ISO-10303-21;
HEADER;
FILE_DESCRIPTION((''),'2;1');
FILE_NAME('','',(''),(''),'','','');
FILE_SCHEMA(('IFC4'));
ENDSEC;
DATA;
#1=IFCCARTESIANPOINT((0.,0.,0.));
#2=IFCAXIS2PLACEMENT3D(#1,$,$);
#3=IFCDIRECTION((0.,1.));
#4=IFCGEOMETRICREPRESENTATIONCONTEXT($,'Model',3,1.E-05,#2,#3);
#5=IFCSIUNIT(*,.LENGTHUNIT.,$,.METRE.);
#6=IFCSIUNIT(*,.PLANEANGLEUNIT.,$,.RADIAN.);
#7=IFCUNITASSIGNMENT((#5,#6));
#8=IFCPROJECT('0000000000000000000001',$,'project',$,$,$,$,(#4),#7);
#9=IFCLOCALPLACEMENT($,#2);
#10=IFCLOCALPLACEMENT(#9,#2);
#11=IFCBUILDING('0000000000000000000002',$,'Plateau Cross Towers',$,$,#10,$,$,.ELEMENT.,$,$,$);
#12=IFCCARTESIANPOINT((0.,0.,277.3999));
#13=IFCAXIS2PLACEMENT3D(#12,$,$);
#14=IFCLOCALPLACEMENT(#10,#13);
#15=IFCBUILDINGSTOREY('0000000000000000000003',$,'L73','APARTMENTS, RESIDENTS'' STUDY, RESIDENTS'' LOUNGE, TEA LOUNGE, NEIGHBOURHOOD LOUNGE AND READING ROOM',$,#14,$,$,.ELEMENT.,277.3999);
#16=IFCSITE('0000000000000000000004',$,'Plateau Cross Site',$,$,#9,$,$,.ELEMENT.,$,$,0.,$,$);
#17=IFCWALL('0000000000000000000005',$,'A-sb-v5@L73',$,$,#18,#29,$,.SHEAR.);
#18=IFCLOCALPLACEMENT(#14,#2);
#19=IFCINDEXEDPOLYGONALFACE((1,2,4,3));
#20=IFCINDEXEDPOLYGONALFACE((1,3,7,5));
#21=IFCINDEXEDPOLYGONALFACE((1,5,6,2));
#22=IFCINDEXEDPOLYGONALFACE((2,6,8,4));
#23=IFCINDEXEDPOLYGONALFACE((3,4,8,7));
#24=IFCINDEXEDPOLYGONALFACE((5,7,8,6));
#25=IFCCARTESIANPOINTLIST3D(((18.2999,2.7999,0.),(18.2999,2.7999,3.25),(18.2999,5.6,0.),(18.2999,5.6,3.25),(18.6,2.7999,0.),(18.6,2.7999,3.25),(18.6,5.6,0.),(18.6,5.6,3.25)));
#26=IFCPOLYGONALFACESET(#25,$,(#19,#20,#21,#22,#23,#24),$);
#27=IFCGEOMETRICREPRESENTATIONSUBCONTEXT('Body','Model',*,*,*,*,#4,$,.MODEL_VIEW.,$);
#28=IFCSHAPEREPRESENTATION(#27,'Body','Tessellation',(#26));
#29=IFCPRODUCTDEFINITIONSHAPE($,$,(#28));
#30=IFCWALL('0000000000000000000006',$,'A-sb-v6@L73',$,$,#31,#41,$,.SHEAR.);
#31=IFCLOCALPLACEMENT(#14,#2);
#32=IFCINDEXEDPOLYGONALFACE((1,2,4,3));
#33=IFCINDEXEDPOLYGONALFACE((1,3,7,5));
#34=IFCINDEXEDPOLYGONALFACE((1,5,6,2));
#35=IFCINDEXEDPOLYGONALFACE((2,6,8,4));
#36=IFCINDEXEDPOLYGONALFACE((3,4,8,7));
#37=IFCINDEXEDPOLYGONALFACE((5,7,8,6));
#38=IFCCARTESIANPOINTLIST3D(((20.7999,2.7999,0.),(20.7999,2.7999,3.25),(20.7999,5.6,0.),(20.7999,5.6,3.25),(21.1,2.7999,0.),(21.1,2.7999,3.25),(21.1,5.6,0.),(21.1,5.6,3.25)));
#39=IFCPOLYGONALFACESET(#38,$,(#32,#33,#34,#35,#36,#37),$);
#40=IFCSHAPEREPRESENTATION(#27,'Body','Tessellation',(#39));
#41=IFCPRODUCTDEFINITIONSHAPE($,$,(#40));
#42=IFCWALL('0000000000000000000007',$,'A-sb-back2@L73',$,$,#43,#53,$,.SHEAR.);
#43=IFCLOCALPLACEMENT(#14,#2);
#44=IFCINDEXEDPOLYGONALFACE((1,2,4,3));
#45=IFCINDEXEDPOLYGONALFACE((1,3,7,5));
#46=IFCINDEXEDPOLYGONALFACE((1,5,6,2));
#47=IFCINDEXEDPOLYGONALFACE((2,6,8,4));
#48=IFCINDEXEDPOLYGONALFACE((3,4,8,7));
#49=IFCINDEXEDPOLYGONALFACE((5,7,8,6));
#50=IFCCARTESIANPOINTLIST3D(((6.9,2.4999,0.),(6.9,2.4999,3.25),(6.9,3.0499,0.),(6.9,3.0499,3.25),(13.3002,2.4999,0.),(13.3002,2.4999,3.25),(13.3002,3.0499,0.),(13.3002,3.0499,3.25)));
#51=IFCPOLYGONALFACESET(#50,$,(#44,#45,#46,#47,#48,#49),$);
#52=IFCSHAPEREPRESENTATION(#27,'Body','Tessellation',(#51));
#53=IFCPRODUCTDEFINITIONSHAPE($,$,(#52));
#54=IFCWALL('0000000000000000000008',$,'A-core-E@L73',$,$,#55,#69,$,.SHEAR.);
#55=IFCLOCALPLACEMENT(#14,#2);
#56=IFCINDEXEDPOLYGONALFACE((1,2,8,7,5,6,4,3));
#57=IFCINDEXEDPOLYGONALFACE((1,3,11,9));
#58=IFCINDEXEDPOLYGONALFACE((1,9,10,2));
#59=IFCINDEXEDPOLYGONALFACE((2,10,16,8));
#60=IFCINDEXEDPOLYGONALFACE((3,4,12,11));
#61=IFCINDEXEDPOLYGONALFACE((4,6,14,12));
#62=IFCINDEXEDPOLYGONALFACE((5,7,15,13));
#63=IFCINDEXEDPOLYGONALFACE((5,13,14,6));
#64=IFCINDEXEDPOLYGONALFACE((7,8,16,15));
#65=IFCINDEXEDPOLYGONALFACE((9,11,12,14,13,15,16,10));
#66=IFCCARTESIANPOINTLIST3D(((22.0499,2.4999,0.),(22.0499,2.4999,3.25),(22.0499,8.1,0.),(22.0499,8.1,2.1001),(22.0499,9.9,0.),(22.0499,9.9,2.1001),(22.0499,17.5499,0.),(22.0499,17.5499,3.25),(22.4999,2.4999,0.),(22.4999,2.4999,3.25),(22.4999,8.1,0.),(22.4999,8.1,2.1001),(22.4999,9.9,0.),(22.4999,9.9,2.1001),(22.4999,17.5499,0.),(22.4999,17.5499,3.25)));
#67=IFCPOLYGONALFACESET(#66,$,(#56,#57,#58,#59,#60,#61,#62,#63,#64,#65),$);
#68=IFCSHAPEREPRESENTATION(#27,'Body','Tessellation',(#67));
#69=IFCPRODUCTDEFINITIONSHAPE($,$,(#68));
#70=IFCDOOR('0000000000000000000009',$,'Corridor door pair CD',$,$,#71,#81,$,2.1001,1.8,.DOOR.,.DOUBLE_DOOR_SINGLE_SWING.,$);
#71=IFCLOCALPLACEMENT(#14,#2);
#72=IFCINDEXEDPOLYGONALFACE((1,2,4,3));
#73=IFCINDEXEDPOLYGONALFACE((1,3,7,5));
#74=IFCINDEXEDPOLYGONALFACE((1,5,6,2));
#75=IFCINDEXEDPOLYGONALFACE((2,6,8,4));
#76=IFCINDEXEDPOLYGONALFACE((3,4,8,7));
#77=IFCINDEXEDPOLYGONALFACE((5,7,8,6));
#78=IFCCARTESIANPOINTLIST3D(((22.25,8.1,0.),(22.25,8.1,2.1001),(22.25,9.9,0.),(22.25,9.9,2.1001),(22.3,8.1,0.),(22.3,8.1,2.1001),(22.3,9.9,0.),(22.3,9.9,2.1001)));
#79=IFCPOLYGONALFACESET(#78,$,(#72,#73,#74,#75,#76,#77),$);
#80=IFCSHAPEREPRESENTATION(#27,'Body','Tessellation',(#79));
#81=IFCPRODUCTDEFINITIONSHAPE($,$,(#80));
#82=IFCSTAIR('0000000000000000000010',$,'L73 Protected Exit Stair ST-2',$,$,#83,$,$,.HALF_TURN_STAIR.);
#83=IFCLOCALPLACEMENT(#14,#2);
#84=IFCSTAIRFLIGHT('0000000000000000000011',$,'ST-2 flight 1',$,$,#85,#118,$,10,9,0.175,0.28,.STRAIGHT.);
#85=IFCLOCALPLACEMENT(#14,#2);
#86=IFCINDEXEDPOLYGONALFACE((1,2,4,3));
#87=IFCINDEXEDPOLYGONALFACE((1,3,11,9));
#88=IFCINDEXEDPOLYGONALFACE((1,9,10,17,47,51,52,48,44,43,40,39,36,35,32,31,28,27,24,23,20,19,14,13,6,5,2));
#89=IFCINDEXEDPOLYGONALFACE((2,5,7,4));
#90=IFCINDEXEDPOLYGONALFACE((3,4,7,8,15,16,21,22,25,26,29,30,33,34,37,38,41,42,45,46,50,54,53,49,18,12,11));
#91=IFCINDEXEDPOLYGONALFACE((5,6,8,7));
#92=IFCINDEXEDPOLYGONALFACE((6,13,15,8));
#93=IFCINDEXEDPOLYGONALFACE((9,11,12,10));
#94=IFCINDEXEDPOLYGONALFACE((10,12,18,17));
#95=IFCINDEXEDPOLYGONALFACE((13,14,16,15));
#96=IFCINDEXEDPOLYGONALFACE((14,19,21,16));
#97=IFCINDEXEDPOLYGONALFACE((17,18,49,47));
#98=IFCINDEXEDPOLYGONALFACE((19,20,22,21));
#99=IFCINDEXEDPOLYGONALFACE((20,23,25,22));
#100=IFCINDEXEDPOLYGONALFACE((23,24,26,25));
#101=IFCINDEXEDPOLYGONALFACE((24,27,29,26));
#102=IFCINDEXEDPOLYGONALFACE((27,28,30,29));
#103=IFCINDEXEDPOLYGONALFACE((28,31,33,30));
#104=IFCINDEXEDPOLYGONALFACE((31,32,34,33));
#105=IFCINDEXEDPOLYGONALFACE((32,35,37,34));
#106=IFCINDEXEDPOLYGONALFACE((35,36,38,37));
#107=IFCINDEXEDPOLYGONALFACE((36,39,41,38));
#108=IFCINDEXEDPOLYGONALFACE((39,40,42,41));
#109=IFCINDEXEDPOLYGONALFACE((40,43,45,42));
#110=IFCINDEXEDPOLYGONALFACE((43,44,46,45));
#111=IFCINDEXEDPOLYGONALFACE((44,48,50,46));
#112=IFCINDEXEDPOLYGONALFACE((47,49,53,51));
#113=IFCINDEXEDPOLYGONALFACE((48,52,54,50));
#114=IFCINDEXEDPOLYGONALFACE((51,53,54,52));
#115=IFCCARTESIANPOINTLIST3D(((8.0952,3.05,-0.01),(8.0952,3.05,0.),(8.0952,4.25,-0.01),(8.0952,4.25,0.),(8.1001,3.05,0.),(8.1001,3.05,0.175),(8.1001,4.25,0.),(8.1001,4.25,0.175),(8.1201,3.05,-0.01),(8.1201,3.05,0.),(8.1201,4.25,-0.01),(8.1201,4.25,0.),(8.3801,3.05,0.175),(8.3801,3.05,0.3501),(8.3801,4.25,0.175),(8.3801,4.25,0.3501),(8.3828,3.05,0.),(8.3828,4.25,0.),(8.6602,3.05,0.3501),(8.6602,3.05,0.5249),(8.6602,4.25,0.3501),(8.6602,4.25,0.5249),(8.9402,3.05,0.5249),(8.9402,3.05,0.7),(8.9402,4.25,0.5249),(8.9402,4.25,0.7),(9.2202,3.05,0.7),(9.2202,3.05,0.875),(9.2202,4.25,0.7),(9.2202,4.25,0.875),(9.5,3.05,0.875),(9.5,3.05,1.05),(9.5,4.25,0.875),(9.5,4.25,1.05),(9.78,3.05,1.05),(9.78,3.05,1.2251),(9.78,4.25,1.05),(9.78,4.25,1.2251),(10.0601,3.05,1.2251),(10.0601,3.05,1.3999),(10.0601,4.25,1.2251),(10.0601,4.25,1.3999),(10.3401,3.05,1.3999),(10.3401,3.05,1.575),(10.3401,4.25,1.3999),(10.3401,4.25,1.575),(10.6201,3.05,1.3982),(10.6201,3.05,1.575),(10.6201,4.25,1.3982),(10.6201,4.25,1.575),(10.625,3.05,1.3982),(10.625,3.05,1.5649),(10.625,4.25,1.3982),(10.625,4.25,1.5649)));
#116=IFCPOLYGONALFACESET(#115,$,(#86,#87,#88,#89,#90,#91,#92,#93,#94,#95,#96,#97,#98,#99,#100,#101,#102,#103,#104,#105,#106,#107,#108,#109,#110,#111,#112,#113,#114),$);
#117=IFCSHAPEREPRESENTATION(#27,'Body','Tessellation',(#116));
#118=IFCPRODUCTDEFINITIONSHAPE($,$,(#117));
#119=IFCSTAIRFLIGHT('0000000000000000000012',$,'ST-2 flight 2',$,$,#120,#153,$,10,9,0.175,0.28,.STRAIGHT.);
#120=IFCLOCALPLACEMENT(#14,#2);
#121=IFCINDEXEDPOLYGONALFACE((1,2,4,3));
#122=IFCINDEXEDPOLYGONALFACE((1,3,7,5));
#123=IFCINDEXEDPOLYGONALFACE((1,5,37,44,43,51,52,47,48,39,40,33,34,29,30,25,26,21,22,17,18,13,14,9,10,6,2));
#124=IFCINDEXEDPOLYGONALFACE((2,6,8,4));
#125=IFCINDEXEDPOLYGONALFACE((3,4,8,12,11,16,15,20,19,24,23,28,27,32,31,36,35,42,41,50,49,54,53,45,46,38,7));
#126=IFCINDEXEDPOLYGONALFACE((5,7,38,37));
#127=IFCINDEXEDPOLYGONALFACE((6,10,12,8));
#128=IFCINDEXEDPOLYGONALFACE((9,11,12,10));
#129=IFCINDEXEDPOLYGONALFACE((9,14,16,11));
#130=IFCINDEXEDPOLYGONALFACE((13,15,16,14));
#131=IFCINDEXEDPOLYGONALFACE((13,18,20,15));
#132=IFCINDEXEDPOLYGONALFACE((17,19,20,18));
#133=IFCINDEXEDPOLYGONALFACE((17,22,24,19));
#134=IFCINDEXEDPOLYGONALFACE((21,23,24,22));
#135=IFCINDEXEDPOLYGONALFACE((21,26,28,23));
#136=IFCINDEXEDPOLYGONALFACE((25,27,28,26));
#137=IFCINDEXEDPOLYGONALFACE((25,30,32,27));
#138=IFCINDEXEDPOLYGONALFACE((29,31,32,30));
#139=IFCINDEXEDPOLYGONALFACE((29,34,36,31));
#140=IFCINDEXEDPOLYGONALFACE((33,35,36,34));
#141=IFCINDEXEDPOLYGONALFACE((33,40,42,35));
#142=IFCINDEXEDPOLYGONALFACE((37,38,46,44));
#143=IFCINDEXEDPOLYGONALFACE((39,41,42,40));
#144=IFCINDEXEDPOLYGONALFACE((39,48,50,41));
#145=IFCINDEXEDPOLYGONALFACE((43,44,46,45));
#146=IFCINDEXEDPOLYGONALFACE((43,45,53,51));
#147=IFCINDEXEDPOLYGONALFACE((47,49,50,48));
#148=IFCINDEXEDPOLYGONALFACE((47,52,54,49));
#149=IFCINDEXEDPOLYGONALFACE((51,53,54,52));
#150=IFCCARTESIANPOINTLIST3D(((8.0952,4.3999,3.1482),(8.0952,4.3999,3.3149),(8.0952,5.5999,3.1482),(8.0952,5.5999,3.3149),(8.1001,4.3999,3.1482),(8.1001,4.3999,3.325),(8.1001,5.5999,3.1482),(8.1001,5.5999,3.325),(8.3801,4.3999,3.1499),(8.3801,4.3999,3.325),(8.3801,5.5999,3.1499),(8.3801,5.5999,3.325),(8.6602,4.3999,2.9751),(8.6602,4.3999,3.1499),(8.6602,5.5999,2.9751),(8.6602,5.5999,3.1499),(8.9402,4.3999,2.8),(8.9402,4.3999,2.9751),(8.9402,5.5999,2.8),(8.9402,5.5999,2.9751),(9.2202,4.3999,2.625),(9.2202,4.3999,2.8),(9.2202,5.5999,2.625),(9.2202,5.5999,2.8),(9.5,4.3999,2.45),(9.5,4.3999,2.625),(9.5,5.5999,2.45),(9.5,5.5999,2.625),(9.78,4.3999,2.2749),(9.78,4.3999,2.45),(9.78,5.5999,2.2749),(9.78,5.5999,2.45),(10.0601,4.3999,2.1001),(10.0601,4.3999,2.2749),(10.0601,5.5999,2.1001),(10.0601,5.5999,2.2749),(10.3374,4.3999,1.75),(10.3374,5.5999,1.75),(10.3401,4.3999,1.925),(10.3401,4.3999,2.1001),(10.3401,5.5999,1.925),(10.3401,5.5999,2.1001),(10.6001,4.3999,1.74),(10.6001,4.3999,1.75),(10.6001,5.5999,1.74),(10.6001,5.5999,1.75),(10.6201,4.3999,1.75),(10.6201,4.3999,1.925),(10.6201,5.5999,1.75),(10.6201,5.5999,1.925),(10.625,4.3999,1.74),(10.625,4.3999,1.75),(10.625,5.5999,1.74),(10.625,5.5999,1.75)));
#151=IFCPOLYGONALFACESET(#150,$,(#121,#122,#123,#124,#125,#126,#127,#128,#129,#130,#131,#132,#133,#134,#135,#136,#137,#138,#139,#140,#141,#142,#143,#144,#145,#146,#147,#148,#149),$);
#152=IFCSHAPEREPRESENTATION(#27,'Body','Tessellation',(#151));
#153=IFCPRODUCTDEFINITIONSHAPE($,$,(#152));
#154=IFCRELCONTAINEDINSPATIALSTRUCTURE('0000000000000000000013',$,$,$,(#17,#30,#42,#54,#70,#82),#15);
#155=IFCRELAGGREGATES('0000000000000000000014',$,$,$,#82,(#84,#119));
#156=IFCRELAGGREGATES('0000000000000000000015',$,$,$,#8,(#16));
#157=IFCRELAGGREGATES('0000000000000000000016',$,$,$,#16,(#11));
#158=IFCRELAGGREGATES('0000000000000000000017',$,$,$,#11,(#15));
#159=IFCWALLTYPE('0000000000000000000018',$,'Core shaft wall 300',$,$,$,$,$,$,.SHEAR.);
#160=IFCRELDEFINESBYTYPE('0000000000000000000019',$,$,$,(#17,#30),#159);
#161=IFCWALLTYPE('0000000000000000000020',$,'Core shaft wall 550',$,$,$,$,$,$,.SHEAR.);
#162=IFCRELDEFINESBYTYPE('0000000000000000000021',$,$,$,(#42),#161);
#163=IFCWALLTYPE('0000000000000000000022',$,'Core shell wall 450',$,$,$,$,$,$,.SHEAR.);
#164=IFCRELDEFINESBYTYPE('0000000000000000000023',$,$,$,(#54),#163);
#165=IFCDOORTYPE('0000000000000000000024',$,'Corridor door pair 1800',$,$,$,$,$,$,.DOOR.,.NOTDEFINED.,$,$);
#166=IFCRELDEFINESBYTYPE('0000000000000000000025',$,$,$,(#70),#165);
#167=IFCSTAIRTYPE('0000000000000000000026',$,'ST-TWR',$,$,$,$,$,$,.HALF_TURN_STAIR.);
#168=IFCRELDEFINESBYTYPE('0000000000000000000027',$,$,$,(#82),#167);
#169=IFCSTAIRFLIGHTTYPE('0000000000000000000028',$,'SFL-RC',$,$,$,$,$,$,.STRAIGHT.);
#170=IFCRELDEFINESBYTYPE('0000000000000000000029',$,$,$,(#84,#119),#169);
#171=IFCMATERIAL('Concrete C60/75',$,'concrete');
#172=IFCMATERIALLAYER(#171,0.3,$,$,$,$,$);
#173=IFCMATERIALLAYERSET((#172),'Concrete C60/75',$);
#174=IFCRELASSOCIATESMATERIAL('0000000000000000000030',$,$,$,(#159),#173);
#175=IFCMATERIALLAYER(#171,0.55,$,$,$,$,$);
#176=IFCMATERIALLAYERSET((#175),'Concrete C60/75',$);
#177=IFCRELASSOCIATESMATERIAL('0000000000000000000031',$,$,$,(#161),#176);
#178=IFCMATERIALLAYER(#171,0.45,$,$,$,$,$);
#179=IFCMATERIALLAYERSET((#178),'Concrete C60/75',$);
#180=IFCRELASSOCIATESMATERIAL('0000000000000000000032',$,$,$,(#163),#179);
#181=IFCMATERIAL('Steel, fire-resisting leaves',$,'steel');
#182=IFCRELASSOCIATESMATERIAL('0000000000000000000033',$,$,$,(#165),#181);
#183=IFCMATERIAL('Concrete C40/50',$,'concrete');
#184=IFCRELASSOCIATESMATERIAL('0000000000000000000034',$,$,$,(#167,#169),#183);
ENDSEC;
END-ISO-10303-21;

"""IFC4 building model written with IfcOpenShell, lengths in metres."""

from ifc_helpers import new_model, si_unit, direction, frame, frame_2d, origin, place, context, subcontext, project, spatial, polyline, rectangle, outline, extrude, material, layer, layer_set, type_object, element, fill, aggregate, save


model = new_model("IFC4")

# Units and contexts
model_context = context("Model", 3, precision=1e-05, world=origin(), true_north=direction((0.0, 1.0)))
body_context = subcontext(model_context, "Body", "Model", "MODEL_VIEW")
ifc_project = project(units=[si_unit("LENGTHUNIT", "METRE"), si_unit("PLANEANGLEUNIT", "RADIAN")], contexts=[model_context])

# Site, building, storey
site_placement = place(None, origin())
site = spatial("IfcSite", under=ifc_project, at=site_placement, Name="Plateau Cross Site", CompositionType="ELEMENT", RefElevation=0.0)
building_placement = place(site_placement, origin())
building = spatial("IfcBuilding", under=site, at=building_placement, Name="Plateau Cross Towers", CompositionType="ELEMENT")
storey_placement = place(building_placement, frame((0.0, 0.0, 277.3999)))
storey = spatial("IfcBuildingStorey", under=building, at=storey_placement, Name="L73", Description="APARTMENTS, RESIDENTS' STUDY, RESIDENTS' LOUNGE, TEA LOUNGE, NEIGHBOURHOOD LOUNGE AND READING ROOM", CompositionType="ELEMENT", Elevation=277.3999)

# Shared definitions
ifc_material_1 = material(Name="Concrete C60/75", Category="concrete")

# Walls
ifc_layer_1 = layer(ifc_material_1, 0.3)
ifc_layer_set_1 = layer_set([ifc_layer_1], Name="Concrete C60/75")
wall_type_1 = type_object("IfcWallType", Name="Core shaft wall 300", PredefinedType="SHEAR", material=ifc_layer_set_1)
for number, where, z_axis, x_axis, name in (
    (1, (18.45, 2.8, 0.0), (0.0, 0.0, 1.0), (0.0, 1.0, 0.0), "A-sb-v5@L73"),
    (2, (20.95, 2.8, 0.0), (0.0, 0.0, 1.0), (0.0, 1.0, 0.0), "A-sb-v6@L73"),
):
    element("IfcWall", number, at=place(storey_placement, frame(where, z_axis=z_axis, x_axis=x_axis)), inside=storey, type_object=wall_type_1, Name=name, PredefinedType="SHEAR", context=body_context, shape_type="SweptSolid", body=[
        extrude(rectangle(XDim=2.8, YDim=0.3, at=frame_2d((1.3999, 0.0))), origin(), (0.0, 0.0, 1.0), 3.25),
    ])
ifc_layer_2 = layer(ifc_material_1, 0.55)
ifc_layer_set_2 = layer_set([ifc_layer_2], Name="Concrete C60/75")
wall_type_2 = type_object("IfcWallType", Name="Core shaft wall 550", PredefinedType="SHEAR", material=ifc_layer_set_2)
wall_1_placement = place(storey_placement, frame((6.8999, 2.7749, 0.0), z_axis=(0.0, 0.0, 1.0), x_axis=(1.0, 0.0, 0.0)))
element("IfcWall", 3, at=wall_1_placement, inside=storey, type_object=wall_type_2, Name="A-sb-back2@L73", PredefinedType="SHEAR", context=body_context, shape_type="SweptSolid", body=[
    extrude(rectangle(XDim=6.4001, YDim=0.55, at=frame_2d((3.2002, 0.0))), origin(), (0.0, 0.0, 1.0), 3.25),
])

# Wall, opening, door
ifc_layer_3 = layer(ifc_material_1, 0.45)
ifc_layer_set_3 = layer_set([ifc_layer_3], Name="Concrete C60/75")
wall_type_3 = type_object("IfcWallType", Name="Core shell wall 450", PredefinedType="SHEAR", material=ifc_layer_set_3)
wall_2_placement = place(storey_placement, frame((22.2749, 2.5, 0.0), z_axis=(0.0, 0.0, 1.0), x_axis=(0.0, 1.0, 0.0)))
wall_2 = element("IfcWall", 4, at=wall_2_placement, inside=storey, type_object=wall_type_3, Name="A-core-E@L73", PredefinedType="SHEAR", context=body_context, shape_type="SweptSolid", body=[
    extrude(rectangle(XDim=15.05, YDim=0.45, at=frame_2d((7.5249, 0.0))), origin(), (0.0, 0.0, 1.0), 3.25),
])
opening_placement = place(wall_2_placement, frame((5.6001, 0.0, 0.0)))
opening = element("IfcOpeningElement", 5, at=opening_placement, cuts=wall_2, PredefinedType="OPENING", context=body_context, shape_type="SweptSolid", body=[
    extrude(rectangle(XDim=1.8, YDim=2.1001, at=frame_2d((0.8999, 1.05))), frame((0.0, 0.2349, 0.0), z_axis=(0.0, -1.0, 0.0), x_axis=(1.0, 0.0, 0.0)), (0.0, 0.0, 1.0), 0.47),
])
ifc_material_2 = material(Name="Steel, fire-resisting leaves", Category="steel")
door_type = type_object("IfcDoorType", Name="Corridor door pair 1800", OperationType="NOTDEFINED", PredefinedType="DOOR", material=ifc_material_2)
door_placement = place(opening_placement, origin())
door = element("IfcDoor", 6, at=door_placement, inside=storey, type_object=door_type, Name="Corridor door pair CD", OperationType="DOUBLE_DOOR_SINGLE_SWING", OverallHeight=2.1001, OverallWidth=1.8, PredefinedType="DOOR", context=body_context, shape_type="SweptSolid", body=[
    extrude(rectangle(XDim=1.8, YDim=2.1001, at=frame_2d((0.8999, 1.05))), frame((0.0, 0.0249, 0.0), z_axis=(0.0, -1.0, 0.0), x_axis=(1.0, 0.0, 0.0)), (0.0, 0.0, 1.0), 0.05),
])
fill(opening, door)

# Stair, stair flights
ifc_material_3 = material(Name="Concrete C40/50", Category="concrete")
stair_type = type_object("IfcStairType", Name="ST-TWR", PredefinedType="HALF_TURN_STAIR", material=ifc_material_3)
stair_placement = place(storey_placement, origin())
stair = element("IfcStair", 7, at=stair_placement, inside=storey, type_object=stair_type, Name="L73 Protected Exit Stair ST-2", PredefinedType="HALF_TURN_STAIR")
stair_flight_type = type_object("IfcStairFlightType", Name="SFL-RC", PredefinedType="STRAIGHT", material=ifc_material_3)
stair_flight_1_placement = place(storey_placement, frame((8.1001, 3.6499, 0.0), z_axis=(0.0, 0.0, 1.0), x_axis=(1.0, 0.0, 0.0)))
stair_flight_1 = element("IfcStairFlight", 8, at=stair_flight_1_placement, type_object=stair_flight_type, Name="ST-2 flight 1", NumberOfRisers=10, NumberOfTreads=9, PredefinedType="STRAIGHT", RiserHeight=0.175, TreadLength=0.28, context=body_context, shape_type="SweptSolid", body=[
    extrude(outline(polyline([(-0.0049, -0.01), (-0.0049, 0.0), (0.0, 0.0), (0.0, 0.175), (0.28, 0.175), (0.28, 0.3501), (0.5601, 0.3501), (0.5601, 0.5249), (0.8401, 0.5249), (0.8401, 0.7), (1.1201, 0.7), (1.1201, 0.875), (1.3999, 0.875), (1.3999, 1.05), (1.6799, 1.05), (1.6799, 1.2251), (1.96, 1.2251), (1.96, 1.3999), (2.24, 1.3999), (2.24, 1.575), (2.52, 1.575), (2.5249, 1.5649), (2.5249, 1.3982), (2.52, 1.3982), (0.2827, 0.0), (0.02, 0.0), (0.02, -0.01), (-0.0049, -0.01)])), frame((0.0, 0.6001, 0.0), z_axis=(0.0, -1.0, 0.0), x_axis=(1.0, 0.0, 0.0)), (0.0, 0.0, 1.0), 1.2),
])
stair_flight_2_placement = place(storey_placement, frame((10.6201, 5.0, 1.75), z_axis=(0.0, 0.0, 1.0), x_axis=(-1.0, 0.0, 0.0)))
stair_flight_2 = element("IfcStairFlight", 9, at=stair_flight_2_placement, type_object=stair_flight_type, Name="ST-2 flight 2", NumberOfRisers=10, NumberOfTreads=9, PredefinedType="STRAIGHT", RiserHeight=0.175, TreadLength=0.28, context=body_context, shape_type="SweptSolid", body=[
    extrude(outline(polyline([(-0.0049, -0.01), (-0.0049, 0.0), (0.0, 0.0), (0.0, 0.175), (0.28, 0.175), (0.28, 0.3501), (0.5601, 0.3501), (0.5601, 0.5249), (0.8401, 0.5249), (0.8401, 0.7), (1.1201, 0.7), (1.1201, 0.875), (1.3999, 0.875), (1.3999, 1.05), (1.6799, 1.05), (1.6799, 1.2251), (1.96, 1.2251), (1.96, 1.3999), (2.24, 1.3999), (2.24, 1.575), (2.52, 1.575), (2.5249, 1.5649), (2.5249, 1.3982), (2.52, 1.3982), (0.2827, 0.0), (0.02, 0.0), (0.02, -0.01), (-0.0049, -0.01)])), frame((0.0, 0.6001, 0.0), z_axis=(0.0, -1.0, 0.0), x_axis=(1.0, 0.0, 0.0)), (0.0, 0.0, 1.0), 1.2),
])
aggregate(stair, [stair_flight_1, stair_flight_2])

save(model, "model.ifc")
